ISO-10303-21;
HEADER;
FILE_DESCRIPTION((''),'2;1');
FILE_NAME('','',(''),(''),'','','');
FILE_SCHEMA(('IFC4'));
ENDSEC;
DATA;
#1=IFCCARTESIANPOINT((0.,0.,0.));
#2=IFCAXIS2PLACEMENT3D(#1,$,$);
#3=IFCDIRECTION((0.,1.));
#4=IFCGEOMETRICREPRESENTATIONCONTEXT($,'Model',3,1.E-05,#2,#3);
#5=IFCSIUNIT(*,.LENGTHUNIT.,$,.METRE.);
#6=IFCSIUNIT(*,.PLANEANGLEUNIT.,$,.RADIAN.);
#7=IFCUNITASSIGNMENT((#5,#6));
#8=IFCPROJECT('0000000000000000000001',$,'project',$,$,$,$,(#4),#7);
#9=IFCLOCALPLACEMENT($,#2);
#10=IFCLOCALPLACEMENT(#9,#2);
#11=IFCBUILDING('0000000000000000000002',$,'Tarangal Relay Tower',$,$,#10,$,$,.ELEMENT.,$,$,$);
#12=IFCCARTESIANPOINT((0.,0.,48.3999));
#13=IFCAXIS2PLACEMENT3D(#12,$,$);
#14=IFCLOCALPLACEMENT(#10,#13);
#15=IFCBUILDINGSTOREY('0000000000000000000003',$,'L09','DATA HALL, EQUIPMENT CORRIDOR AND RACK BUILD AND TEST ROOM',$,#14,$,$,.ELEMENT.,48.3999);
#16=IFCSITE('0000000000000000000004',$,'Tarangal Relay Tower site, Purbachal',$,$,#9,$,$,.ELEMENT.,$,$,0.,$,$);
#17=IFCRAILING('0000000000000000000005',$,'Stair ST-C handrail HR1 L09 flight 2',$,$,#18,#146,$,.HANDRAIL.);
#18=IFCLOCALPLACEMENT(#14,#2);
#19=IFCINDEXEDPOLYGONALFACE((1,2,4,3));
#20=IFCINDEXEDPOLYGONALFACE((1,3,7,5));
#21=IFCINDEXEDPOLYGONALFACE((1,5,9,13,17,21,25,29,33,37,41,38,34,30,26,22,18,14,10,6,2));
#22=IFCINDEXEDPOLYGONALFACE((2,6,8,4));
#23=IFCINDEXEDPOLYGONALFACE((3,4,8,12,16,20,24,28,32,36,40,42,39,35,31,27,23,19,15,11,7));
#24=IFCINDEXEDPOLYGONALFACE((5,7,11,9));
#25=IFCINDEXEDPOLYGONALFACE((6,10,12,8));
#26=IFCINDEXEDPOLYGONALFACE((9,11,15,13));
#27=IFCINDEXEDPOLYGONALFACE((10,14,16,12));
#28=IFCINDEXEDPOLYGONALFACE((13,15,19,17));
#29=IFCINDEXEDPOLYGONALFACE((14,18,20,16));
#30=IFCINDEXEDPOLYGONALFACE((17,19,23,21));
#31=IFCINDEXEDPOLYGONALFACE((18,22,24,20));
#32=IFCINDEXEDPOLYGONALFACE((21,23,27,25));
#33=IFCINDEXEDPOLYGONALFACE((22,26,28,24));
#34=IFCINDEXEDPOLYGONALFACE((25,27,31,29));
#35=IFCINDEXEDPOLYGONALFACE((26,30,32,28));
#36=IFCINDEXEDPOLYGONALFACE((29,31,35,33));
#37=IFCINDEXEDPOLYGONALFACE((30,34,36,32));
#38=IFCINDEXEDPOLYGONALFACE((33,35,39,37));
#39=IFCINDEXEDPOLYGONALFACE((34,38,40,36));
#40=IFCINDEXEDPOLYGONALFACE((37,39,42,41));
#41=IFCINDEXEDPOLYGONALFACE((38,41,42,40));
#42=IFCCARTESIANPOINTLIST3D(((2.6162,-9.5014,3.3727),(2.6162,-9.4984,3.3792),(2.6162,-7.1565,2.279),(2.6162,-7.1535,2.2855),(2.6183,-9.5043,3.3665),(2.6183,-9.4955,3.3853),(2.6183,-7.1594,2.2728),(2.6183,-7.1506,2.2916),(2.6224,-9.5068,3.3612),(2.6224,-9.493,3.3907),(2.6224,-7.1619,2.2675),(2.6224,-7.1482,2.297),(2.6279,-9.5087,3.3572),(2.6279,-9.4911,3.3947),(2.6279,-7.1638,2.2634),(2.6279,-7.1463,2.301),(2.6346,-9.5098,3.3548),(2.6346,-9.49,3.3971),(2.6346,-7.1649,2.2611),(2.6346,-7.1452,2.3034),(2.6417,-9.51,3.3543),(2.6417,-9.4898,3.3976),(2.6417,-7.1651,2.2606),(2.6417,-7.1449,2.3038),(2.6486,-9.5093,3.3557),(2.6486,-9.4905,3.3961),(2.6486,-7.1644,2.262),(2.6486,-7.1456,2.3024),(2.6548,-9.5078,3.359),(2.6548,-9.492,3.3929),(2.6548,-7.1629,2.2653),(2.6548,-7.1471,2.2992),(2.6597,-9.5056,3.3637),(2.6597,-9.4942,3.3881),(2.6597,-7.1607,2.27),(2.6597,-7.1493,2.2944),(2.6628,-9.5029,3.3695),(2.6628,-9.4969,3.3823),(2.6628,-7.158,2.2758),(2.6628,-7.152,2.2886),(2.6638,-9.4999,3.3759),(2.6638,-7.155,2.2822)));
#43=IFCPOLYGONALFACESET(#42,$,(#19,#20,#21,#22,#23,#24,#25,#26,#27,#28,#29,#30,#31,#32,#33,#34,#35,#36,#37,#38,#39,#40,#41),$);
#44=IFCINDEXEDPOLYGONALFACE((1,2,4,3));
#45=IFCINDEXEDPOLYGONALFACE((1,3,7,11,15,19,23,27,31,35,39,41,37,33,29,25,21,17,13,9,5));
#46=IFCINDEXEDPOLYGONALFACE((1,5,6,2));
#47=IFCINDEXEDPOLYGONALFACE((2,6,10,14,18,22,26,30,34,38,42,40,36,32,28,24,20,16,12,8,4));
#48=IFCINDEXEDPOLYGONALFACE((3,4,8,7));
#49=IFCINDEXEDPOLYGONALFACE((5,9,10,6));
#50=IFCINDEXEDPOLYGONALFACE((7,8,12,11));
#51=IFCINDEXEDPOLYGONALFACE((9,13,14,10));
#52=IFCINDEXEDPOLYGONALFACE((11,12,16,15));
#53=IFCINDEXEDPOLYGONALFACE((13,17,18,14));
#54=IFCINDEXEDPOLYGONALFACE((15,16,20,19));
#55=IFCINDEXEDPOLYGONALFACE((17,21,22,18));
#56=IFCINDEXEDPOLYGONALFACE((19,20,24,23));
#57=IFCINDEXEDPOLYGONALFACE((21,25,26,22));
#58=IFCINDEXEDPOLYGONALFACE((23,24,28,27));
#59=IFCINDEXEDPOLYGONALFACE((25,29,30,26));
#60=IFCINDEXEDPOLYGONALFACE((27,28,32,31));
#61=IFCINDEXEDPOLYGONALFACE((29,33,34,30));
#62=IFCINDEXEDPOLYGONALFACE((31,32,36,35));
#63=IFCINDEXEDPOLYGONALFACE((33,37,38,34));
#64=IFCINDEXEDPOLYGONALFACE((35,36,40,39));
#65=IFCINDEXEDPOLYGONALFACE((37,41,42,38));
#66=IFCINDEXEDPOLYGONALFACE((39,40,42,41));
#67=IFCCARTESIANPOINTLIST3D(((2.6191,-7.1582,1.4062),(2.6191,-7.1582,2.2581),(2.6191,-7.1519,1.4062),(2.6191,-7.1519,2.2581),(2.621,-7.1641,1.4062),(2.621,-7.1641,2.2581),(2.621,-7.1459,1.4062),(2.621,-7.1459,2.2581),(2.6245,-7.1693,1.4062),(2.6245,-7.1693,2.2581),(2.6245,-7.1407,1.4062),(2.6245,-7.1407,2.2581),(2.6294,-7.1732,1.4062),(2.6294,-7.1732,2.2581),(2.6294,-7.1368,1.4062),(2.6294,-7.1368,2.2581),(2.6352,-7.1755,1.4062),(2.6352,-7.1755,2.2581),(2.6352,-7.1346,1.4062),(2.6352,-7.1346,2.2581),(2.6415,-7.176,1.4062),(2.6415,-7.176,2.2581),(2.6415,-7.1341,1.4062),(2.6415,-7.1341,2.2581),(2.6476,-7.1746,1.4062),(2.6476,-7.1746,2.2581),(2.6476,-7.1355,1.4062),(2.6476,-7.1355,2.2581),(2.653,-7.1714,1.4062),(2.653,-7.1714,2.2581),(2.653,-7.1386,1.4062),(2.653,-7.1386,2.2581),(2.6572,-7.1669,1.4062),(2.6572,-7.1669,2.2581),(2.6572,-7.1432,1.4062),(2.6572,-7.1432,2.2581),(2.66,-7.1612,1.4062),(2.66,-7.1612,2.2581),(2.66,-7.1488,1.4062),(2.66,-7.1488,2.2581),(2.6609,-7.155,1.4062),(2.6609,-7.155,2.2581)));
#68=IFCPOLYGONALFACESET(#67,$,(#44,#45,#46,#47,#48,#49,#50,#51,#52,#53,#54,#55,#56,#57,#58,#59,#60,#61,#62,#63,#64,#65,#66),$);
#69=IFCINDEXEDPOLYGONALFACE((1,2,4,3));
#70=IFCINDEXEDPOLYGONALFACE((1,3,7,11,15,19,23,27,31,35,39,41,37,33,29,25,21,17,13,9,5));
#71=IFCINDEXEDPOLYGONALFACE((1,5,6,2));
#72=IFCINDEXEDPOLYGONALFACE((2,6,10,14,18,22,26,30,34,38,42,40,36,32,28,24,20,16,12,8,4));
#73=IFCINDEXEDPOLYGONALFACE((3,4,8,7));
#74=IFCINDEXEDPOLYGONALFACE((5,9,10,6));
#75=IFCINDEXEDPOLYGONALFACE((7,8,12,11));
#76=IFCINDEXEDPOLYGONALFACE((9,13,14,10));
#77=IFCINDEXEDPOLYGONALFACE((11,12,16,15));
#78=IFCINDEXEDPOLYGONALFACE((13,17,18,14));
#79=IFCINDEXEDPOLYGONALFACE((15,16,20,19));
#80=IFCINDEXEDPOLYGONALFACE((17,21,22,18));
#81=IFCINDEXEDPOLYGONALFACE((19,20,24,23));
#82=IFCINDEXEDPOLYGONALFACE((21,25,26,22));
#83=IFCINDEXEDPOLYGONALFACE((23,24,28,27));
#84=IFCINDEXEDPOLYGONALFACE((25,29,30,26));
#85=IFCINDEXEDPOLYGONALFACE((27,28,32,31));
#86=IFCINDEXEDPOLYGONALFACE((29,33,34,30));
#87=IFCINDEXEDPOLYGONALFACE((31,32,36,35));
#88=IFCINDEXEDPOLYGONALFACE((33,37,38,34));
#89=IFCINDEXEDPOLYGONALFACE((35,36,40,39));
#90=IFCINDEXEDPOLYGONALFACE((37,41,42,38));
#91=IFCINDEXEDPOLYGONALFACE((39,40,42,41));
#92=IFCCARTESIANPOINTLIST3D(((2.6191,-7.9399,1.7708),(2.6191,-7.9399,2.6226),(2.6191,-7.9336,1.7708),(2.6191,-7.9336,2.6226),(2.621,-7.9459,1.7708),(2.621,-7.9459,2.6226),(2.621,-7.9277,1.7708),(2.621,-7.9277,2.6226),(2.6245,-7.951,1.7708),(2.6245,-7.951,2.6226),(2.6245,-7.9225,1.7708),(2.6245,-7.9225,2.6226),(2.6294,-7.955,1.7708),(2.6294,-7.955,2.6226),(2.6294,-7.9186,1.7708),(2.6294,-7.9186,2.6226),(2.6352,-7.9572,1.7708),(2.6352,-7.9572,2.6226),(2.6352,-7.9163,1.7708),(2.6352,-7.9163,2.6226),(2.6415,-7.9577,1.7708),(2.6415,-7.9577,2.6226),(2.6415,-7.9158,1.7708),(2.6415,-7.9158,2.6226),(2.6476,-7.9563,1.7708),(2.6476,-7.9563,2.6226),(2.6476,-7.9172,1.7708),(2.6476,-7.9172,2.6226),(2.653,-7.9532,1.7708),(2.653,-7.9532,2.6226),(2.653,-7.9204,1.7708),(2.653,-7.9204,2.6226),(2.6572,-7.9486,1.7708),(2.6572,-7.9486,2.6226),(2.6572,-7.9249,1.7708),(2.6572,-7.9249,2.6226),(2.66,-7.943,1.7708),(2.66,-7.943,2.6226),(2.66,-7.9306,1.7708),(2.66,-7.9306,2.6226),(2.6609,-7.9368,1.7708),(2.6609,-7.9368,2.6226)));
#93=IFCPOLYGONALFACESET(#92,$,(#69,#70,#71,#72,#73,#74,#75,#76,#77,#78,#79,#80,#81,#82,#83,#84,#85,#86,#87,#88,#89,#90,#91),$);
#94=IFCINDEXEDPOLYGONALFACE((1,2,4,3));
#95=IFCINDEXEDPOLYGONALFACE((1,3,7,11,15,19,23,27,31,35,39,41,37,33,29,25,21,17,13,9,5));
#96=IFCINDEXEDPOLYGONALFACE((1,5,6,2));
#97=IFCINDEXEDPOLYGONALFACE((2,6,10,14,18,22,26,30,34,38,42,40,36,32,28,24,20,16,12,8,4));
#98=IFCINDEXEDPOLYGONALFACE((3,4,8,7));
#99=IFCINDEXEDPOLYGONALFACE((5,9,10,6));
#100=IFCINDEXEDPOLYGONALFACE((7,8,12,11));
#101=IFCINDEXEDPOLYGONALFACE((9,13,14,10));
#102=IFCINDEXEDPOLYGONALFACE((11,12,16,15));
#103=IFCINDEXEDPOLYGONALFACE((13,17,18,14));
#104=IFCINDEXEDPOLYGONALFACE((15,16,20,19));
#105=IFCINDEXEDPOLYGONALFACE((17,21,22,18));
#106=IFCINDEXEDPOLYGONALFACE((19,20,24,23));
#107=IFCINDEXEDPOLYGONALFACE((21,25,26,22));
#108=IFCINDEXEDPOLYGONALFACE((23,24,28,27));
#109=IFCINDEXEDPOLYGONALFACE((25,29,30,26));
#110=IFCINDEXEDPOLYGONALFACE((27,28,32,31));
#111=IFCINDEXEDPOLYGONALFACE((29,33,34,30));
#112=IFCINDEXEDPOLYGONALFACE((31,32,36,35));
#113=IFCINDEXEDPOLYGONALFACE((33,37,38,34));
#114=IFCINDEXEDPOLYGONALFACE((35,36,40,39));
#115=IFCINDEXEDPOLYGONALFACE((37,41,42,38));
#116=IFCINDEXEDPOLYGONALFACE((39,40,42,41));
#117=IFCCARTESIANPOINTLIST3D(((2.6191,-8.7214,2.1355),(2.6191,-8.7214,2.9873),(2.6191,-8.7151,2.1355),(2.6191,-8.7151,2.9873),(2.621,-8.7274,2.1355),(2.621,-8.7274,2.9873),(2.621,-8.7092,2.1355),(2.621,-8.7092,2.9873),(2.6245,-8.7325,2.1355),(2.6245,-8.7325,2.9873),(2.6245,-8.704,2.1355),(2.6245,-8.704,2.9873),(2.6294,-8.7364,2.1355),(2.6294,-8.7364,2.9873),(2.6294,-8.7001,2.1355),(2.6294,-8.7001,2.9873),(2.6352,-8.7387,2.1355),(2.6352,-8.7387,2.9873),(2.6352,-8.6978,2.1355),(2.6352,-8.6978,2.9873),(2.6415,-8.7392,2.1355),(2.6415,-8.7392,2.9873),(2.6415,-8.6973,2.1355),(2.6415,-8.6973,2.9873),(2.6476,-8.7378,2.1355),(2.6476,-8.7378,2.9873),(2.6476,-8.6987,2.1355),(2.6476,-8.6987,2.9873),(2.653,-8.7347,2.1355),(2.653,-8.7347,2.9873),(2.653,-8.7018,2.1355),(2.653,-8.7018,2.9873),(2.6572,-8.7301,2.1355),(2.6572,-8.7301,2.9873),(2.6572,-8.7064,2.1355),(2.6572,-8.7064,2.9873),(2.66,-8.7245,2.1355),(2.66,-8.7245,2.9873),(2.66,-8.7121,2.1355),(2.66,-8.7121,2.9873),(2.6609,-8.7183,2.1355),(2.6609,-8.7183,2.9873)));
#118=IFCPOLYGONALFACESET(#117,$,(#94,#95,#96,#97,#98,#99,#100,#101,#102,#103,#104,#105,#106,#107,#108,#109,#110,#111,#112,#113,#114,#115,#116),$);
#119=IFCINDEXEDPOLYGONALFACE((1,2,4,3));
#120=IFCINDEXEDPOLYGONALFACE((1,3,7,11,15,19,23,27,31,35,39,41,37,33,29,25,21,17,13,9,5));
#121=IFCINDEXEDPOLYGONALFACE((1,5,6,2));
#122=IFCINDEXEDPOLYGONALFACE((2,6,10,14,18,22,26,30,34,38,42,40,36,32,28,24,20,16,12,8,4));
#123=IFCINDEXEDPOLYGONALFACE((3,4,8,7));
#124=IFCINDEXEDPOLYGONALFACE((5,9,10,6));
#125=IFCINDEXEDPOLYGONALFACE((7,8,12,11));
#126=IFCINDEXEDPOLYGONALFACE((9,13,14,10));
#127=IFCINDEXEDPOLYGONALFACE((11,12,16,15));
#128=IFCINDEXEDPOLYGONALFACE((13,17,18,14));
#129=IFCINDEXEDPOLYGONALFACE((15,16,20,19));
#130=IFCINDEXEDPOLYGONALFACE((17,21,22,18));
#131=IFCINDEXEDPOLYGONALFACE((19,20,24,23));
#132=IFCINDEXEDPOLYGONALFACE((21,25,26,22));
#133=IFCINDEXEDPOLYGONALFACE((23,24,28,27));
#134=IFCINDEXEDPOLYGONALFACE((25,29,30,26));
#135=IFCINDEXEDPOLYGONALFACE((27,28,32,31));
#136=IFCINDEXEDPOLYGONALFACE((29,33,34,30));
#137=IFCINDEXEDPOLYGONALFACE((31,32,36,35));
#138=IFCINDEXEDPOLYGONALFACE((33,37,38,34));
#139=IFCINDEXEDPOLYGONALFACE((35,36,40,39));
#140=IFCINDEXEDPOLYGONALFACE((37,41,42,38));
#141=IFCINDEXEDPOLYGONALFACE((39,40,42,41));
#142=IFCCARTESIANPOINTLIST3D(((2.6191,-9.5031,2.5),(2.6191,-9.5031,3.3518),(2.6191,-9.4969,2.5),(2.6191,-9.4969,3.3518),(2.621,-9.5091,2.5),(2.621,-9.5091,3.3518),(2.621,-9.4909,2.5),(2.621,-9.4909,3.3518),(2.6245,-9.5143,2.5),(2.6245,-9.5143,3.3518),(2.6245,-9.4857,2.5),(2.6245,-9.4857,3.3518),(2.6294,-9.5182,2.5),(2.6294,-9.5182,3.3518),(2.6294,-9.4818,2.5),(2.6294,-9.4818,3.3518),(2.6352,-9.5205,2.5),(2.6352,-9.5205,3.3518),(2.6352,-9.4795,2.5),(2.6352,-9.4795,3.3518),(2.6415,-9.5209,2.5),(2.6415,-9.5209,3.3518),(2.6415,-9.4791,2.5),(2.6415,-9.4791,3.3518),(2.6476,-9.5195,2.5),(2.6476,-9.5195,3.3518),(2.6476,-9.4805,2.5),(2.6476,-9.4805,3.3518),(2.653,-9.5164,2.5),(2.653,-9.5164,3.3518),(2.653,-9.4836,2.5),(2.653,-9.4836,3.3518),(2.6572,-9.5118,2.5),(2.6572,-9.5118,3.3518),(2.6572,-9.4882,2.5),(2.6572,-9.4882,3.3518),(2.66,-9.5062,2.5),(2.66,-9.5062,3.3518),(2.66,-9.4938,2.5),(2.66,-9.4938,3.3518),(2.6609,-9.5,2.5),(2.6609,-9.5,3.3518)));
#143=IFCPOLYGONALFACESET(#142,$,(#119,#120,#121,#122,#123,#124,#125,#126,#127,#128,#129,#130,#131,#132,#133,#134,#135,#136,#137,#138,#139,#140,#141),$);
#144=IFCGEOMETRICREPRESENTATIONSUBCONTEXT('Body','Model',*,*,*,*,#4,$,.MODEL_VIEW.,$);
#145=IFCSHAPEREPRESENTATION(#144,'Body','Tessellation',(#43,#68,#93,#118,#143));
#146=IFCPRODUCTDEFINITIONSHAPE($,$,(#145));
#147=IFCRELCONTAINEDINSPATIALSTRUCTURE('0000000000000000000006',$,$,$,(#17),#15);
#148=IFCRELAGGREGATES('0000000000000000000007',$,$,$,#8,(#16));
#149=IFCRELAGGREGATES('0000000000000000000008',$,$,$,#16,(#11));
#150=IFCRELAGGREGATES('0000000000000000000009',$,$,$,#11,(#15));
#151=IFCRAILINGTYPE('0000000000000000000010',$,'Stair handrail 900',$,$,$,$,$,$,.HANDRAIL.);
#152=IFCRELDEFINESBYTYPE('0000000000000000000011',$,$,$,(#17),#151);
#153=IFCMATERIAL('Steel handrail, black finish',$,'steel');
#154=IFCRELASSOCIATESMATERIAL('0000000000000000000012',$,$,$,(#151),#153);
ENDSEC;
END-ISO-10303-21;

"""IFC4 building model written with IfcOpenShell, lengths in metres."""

from ifc_helpers import new_model, si_unit, direction, frame, origin, origin_2d, place, context, subcontext, project, spatial, circle, extrude, material, type_object, element, save


model = new_model("IFC4")

# Units and contexts
model_context = context("Model", 3, precision=1e-05, world=origin(), true_north=direction((0.0, 1.0)))
body_context = subcontext(model_context, "Body", "Model", "MODEL_VIEW")
ifc_project = project(units=[si_unit("LENGTHUNIT", "METRE"), si_unit("PLANEANGLEUNIT", "RADIAN")], contexts=[model_context])

# Site, building, storey
site_placement = place(None, origin())
site = spatial("IfcSite", under=ifc_project, at=site_placement, Name="Tarangal Relay Tower site, Purbachal", CompositionType="ELEMENT", RefElevation=0.0)
building_placement = place(site_placement, origin())
building = spatial("IfcBuilding", under=site, at=building_placement, Name="Tarangal Relay Tower", CompositionType="ELEMENT")
storey_placement = place(building_placement, frame((0.0, 0.0, 48.3999)))
storey = spatial("IfcBuildingStorey", under=building, at=storey_placement, Name="L09", Description="DATA HALL, EQUIPMENT CORRIDOR AND RACK BUILD AND TEST ROOM", CompositionType="ELEMENT", Elevation=48.3999)

# Railing
ifc_material_1 = material(Name="Steel handrail, black finish", Category="steel")
railing_type_1 = type_object("IfcRailingType", Name="Stair handrail 900", PredefinedType="HANDRAIL", material=ifc_material_1)
for number, where, name in (
    (1, (2.6399, -7.155, 1.4062), "Stair ST-C handrail HR1 L09 flight 2"),
):
    element("IfcRailing", number, at=place(storey_placement, frame(where)), inside=storey, type_object=railing_type_1, Name=name, PredefinedType="HANDRAIL", context=body_context, shape_type="SweptSolid", body=[
        extrude(circle(Radius=0.0239, at=origin_2d()), frame((0.0, 0.0, 0.876), z_axis=(0.0, -0.906267, 0.422705), x_axis=(1.0, 0.0, 0.0)), (0.0, 0.0, 1.0), 2.5874),
        extrude(circle(Radius=0.021, at=origin_2d()), origin(), (0.0, 0.0, 1.0), 0.8518),
        extrude(circle(Radius=0.021, at=origin_2d()), frame((0.0, -0.7817, 0.3645)), (0.0, 0.0, 1.0), 0.8518),
        extrude(circle(Radius=0.021, at=origin_2d()), frame((0.0, -1.5632, 0.7292)), (0.0, 0.0, 1.0), 0.8518),
        extrude(circle(Radius=0.021, at=origin_2d()), frame((0.0, -2.345, 1.0938)), (0.0, 0.0, 1.0), 0.8518),
    ])

save(model, "model.ifc")
